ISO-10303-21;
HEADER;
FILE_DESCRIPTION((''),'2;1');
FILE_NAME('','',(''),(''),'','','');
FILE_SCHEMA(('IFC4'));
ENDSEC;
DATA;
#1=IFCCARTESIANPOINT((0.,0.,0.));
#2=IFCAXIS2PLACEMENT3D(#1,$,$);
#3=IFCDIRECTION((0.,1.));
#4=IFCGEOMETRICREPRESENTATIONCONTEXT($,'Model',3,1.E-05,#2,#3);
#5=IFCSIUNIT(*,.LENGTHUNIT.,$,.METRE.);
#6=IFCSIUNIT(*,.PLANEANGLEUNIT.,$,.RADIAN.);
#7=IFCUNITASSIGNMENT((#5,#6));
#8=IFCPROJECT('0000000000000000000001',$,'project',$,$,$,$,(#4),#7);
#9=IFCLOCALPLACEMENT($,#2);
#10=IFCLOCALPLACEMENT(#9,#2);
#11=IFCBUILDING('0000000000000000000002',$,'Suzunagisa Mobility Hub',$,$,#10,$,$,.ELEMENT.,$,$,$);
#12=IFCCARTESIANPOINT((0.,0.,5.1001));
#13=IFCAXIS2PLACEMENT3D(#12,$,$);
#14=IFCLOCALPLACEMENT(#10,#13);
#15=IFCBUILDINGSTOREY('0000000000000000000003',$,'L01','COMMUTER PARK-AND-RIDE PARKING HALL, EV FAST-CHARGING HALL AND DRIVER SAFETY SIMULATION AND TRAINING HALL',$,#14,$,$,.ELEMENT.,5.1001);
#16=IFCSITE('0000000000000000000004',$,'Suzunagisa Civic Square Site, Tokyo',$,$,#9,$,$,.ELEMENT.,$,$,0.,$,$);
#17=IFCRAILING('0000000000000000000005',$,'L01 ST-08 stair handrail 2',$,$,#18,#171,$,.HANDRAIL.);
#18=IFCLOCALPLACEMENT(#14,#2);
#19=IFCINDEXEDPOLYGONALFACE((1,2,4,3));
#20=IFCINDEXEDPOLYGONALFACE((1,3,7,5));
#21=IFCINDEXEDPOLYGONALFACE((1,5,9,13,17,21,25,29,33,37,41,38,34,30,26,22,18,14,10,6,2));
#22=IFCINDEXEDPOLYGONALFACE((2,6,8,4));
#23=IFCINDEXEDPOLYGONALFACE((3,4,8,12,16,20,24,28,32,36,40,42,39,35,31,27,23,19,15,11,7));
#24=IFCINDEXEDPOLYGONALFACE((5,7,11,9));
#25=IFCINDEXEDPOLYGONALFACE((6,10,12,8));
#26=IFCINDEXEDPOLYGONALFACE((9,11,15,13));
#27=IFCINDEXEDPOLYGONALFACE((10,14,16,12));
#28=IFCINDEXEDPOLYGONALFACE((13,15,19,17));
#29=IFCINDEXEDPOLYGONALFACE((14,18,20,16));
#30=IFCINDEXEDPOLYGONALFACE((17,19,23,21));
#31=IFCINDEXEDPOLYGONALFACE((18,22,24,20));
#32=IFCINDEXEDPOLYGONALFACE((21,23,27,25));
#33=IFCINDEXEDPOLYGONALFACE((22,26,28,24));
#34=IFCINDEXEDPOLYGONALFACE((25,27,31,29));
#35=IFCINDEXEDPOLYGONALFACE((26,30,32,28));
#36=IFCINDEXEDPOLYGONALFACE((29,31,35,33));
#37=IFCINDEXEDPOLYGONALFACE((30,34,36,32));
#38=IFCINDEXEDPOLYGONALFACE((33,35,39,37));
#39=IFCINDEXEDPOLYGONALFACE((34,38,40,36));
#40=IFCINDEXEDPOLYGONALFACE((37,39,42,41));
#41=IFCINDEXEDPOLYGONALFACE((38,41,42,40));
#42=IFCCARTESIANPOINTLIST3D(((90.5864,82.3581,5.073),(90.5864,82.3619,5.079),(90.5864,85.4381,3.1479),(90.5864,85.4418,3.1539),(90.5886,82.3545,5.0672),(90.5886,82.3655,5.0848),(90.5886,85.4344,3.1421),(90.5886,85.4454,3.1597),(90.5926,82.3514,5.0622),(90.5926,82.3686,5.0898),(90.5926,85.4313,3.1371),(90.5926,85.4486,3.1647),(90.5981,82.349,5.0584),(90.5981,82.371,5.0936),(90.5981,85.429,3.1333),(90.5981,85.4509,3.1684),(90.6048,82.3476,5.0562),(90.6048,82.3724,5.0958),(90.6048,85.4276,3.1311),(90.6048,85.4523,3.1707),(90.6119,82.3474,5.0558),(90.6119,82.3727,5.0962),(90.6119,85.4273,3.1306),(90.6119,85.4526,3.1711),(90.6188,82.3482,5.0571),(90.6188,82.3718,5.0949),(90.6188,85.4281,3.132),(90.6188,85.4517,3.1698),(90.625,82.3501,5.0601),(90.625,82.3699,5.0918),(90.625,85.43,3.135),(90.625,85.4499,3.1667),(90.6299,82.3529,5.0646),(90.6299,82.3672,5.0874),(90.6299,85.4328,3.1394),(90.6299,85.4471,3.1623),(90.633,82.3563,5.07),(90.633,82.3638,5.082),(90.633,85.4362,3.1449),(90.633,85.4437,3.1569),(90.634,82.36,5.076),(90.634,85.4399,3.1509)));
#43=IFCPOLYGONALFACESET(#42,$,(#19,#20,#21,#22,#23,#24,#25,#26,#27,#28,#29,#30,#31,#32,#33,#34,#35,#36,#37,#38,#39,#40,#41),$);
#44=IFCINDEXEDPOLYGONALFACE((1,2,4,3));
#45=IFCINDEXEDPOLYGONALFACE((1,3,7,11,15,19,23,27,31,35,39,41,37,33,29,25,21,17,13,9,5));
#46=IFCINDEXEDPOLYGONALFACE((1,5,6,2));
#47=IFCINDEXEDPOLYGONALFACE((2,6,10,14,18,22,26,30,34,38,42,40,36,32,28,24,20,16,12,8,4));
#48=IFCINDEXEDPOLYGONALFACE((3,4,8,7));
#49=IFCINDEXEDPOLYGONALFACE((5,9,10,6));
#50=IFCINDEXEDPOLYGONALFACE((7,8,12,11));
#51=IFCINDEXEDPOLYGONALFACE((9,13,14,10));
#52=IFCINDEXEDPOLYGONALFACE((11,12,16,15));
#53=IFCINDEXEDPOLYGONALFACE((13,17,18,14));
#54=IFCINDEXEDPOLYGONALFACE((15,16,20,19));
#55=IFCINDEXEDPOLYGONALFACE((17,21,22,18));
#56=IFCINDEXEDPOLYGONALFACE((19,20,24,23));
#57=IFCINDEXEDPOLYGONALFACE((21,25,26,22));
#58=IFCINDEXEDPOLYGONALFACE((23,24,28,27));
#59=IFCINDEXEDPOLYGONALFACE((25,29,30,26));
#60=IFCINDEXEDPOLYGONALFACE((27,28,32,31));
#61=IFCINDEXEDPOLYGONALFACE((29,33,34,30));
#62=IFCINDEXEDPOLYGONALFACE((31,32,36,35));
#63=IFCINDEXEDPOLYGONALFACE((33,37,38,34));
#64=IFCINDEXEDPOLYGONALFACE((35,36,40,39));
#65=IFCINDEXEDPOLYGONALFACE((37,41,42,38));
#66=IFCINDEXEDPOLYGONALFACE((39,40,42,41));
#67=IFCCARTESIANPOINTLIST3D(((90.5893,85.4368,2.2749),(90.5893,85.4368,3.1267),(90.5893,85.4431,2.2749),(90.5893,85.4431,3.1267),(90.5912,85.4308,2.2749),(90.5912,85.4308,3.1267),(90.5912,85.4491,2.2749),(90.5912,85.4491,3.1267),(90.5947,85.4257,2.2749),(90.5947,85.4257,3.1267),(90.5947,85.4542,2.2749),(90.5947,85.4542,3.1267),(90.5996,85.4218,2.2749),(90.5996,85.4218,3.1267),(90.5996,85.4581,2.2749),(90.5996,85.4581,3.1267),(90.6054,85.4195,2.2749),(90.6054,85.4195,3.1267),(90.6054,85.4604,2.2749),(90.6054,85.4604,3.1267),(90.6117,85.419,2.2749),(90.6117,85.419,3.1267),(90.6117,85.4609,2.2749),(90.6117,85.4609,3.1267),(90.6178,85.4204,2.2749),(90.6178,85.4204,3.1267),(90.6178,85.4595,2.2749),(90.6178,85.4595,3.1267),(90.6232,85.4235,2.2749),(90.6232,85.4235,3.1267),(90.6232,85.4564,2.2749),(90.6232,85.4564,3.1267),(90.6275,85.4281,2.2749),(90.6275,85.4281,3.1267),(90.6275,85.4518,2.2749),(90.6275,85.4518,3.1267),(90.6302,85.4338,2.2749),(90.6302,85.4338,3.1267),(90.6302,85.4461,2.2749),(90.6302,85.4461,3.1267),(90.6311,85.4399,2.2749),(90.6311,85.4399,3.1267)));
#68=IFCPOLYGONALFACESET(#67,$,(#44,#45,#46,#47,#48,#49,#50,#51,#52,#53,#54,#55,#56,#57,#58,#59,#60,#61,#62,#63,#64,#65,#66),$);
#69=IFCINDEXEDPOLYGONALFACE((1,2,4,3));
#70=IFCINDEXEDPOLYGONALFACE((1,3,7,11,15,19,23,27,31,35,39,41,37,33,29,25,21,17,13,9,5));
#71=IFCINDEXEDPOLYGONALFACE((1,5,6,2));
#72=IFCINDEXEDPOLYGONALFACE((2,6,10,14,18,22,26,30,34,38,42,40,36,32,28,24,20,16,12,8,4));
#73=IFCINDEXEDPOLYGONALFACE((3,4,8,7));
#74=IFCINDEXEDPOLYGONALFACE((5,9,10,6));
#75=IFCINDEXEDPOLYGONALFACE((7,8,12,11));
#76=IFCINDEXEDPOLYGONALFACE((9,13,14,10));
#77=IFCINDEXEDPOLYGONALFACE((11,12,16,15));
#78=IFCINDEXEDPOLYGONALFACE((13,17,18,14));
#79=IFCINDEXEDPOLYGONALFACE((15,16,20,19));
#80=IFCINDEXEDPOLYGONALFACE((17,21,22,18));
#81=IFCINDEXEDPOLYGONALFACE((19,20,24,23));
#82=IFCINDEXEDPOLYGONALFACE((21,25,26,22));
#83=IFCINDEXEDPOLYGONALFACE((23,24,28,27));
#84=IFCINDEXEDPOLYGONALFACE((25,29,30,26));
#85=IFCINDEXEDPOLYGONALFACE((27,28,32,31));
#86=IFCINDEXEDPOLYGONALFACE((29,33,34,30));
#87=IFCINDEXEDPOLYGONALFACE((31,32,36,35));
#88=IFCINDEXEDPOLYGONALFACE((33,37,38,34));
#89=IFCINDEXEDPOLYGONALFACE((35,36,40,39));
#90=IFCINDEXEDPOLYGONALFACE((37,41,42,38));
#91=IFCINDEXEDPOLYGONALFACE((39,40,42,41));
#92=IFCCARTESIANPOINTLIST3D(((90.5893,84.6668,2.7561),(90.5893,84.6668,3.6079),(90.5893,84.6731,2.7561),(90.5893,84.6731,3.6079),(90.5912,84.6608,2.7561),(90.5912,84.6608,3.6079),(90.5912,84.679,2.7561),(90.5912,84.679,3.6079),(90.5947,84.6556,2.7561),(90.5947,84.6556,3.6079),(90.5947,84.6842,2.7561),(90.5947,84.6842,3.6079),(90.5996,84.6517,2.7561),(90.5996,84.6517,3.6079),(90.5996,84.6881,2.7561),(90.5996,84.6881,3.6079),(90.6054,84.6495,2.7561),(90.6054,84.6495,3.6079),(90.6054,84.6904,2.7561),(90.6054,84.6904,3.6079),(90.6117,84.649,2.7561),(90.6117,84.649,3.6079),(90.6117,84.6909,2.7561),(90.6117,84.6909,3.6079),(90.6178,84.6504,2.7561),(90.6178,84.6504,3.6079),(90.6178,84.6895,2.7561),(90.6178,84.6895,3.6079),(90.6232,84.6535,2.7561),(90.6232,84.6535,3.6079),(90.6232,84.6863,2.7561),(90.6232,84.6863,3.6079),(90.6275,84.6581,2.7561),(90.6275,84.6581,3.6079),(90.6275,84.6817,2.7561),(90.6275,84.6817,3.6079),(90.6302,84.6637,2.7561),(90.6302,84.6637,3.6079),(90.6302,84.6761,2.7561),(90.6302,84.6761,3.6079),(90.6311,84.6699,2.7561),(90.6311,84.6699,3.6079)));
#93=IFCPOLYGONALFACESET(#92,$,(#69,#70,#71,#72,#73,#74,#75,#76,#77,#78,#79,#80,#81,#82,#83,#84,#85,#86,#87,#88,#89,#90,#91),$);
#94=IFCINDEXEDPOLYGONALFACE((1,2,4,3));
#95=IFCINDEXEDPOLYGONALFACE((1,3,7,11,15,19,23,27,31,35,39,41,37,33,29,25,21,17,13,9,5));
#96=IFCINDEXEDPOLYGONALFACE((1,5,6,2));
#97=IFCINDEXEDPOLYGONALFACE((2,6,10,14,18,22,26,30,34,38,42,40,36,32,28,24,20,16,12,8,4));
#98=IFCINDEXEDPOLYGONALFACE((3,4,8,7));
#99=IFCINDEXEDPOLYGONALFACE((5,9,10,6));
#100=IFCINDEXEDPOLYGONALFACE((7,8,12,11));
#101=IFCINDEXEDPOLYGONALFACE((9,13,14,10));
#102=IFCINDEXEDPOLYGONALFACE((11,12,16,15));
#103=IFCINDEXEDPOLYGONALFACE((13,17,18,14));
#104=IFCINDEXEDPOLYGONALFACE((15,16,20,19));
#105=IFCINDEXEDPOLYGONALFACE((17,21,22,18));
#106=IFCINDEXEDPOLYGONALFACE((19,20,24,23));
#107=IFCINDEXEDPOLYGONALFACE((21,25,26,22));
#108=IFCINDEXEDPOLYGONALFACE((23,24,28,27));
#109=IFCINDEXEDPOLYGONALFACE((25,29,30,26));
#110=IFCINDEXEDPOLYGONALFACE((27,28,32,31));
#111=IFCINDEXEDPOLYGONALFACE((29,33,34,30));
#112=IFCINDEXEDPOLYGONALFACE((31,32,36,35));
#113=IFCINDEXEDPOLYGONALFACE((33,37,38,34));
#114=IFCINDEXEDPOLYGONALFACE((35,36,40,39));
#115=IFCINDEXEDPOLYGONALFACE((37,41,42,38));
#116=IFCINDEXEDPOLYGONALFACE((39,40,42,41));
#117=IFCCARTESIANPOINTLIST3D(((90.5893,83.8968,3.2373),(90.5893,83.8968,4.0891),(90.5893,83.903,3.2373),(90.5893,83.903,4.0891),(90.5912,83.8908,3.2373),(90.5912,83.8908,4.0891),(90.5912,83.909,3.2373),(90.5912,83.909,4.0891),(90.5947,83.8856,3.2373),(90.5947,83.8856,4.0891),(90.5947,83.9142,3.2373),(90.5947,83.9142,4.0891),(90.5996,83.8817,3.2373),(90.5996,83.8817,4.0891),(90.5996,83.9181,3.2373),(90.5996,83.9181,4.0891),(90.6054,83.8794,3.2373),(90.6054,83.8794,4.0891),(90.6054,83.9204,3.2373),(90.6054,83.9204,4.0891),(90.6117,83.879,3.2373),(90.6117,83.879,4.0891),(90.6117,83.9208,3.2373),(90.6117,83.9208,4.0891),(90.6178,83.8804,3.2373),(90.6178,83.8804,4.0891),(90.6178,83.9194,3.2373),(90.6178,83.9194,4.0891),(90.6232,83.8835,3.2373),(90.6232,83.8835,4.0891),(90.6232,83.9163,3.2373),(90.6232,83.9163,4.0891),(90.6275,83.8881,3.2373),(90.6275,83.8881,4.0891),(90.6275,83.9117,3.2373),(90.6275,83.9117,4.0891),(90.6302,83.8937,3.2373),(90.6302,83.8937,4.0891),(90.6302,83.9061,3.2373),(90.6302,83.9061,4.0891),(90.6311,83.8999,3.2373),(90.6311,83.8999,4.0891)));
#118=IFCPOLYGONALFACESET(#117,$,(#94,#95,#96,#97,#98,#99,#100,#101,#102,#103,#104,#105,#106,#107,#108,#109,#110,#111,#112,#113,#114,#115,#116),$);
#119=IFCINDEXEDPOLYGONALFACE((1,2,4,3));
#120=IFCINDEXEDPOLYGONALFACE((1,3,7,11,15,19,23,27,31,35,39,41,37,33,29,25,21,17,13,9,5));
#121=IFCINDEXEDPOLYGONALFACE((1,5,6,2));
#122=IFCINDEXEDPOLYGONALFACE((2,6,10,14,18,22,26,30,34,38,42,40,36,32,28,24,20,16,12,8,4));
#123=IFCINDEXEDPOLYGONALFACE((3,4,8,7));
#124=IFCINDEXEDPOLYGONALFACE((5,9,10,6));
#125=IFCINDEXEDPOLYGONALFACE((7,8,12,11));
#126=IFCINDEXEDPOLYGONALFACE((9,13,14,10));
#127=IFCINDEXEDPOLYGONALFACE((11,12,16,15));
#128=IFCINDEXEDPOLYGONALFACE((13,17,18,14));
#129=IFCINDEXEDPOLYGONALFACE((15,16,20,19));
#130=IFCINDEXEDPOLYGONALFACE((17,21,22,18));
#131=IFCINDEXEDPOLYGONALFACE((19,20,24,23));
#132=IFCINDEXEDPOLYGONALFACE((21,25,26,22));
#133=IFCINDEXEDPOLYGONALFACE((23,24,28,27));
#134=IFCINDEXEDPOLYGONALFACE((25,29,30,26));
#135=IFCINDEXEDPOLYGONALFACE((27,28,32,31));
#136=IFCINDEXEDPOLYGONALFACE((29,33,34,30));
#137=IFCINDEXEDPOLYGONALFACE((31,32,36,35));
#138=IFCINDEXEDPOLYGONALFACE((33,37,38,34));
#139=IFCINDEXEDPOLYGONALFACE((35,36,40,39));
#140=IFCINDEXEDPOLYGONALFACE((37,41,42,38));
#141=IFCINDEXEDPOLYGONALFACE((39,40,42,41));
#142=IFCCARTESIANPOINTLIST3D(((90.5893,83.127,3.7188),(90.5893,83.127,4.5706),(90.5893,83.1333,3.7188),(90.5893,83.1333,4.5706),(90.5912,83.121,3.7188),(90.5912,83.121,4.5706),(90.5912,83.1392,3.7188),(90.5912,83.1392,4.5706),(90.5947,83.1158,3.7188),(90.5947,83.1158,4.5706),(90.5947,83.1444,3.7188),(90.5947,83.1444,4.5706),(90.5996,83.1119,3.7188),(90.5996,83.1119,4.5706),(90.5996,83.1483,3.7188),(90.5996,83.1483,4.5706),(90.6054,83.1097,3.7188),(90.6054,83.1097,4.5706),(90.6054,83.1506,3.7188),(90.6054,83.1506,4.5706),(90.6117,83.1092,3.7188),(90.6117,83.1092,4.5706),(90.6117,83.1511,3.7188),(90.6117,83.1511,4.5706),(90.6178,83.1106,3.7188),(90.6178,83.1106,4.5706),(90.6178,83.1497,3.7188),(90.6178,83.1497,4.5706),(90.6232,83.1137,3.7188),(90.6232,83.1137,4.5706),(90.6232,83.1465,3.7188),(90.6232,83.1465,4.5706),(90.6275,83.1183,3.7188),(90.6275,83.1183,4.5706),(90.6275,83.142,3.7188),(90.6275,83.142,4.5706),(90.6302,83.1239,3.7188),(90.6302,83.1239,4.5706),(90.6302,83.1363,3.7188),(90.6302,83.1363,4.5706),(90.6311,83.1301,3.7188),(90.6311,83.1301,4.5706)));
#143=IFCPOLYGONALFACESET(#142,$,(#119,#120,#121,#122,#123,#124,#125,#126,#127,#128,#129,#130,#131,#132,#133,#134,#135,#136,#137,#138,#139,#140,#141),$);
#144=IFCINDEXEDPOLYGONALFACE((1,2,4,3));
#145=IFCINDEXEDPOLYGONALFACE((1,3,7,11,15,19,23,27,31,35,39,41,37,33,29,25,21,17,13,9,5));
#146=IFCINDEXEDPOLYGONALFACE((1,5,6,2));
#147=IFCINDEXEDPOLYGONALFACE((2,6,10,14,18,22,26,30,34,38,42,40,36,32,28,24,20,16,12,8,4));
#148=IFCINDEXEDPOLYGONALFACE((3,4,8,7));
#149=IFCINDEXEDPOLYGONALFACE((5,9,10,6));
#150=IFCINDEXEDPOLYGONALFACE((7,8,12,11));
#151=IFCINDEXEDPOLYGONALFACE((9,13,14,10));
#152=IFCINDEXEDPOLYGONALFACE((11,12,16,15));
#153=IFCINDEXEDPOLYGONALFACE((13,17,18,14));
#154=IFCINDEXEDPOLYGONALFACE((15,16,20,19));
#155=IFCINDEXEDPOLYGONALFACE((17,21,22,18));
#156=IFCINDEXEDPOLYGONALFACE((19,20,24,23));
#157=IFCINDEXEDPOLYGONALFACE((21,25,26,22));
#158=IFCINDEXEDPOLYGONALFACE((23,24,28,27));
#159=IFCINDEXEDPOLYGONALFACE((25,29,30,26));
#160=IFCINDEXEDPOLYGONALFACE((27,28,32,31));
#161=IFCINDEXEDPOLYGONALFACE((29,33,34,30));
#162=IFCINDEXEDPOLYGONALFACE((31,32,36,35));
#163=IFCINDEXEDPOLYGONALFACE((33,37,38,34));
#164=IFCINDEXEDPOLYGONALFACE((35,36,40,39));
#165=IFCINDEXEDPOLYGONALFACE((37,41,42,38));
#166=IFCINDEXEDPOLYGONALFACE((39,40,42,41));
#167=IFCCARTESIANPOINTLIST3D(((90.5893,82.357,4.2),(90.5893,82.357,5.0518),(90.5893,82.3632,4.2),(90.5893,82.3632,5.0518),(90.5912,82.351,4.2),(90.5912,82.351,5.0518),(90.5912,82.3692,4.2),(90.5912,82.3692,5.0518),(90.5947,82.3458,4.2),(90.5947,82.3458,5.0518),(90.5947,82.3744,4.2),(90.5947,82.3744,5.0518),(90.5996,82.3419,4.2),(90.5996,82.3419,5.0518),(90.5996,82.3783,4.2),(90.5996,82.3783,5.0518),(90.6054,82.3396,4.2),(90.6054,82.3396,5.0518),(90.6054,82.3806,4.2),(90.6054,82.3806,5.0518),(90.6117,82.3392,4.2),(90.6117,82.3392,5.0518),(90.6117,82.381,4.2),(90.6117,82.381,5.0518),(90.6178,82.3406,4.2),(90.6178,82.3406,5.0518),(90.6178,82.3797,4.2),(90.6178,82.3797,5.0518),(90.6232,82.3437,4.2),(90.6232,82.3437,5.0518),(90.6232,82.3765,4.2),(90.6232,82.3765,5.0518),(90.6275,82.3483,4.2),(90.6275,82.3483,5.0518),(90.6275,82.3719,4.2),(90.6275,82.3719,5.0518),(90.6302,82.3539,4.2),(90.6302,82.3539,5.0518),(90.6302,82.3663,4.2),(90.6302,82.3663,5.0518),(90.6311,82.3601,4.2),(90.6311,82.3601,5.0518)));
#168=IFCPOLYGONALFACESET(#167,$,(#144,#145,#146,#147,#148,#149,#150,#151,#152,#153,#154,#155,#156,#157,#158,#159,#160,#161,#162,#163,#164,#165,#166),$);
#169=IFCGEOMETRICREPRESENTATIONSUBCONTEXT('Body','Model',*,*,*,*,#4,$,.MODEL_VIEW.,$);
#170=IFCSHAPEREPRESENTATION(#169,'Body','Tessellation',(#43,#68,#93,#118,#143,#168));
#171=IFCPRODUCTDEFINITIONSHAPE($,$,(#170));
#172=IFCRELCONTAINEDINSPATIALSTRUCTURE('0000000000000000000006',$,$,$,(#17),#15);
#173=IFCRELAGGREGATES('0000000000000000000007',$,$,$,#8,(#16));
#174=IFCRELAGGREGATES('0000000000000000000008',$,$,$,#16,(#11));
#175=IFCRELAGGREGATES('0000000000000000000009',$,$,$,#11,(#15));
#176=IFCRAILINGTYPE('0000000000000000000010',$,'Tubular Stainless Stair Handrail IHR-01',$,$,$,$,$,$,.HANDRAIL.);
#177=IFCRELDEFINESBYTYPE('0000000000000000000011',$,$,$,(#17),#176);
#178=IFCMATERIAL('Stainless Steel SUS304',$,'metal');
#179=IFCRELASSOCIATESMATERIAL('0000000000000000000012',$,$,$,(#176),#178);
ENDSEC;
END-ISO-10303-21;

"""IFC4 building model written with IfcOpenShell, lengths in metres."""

from ifc_helpers import new_model, si_unit, direction, frame, origin, origin_2d, place, context, subcontext, project, spatial, circle, extrude, material, type_object, element, save


model = new_model("IFC4")

# Units and contexts
model_context = context("Model", 3, precision=1e-05, world=origin(), true_north=direction((0.0, 1.0)))
body_context = subcontext(model_context, "Body", "Model", "MODEL_VIEW")
ifc_project = project(units=[si_unit("LENGTHUNIT", "METRE"), si_unit("PLANEANGLEUNIT", "RADIAN")], contexts=[model_context])

# Site, building, storey
site_placement = place(None, origin())
site = spatial("IfcSite", under=ifc_project, at=site_placement, Name="Suzunagisa Civic Square Site, Tokyo", CompositionType="ELEMENT", RefElevation=0.0)
building_placement = place(site_placement, origin())
building = spatial("IfcBuilding", under=site, at=building_placement, Name="Suzunagisa Mobility Hub", CompositionType="ELEMENT")
storey_placement = place(building_placement, frame((0.0, 0.0, 5.1001)))
storey = spatial("IfcBuildingStorey", under=building, at=storey_placement, Name="L01", Description="COMMUTER PARK-AND-RIDE PARKING HALL, EV FAST-CHARGING HALL AND DRIVER SAFETY SIMULATION AND TRAINING HALL", CompositionType="ELEMENT", Elevation=5.1001)

# Railing
ifc_material_1 = material(Name="Stainless Steel SUS304", Category="metal")
railing_type_1 = type_object("IfcRailingType", Name="Tubular Stainless Stair Handrail IHR-01", PredefinedType="HANDRAIL", material=ifc_material_1)
railing_1_placement = place(storey_placement, frame((90.6101, 85.4399, 2.2749)))
element("IfcRailing", 1, at=railing_1_placement, inside=storey, type_object=railing_type_1, Name="L01 ST-08 stair handrail 2", PredefinedType="HANDRAIL", context=body_context, shape_type="SweptSolid", body=[
    extrude(circle(Radius=0.0239, at=origin_2d()), frame((0.0, 0.0, 0.876), z_axis=(0.0, -0.847979, 0.530029), x_axis=(1.0, 0.0, 0.0)), (0.0, 0.0, 1.0), 3.6321),
    extrude(circle(Radius=0.021, at=origin_2d()), origin(), (0.0, 0.0, 1.0), 0.8518),
    extrude(circle(Radius=0.021, at=origin_2d()), frame((0.0, -0.77, 0.4812)), (0.0, 0.0, 1.0), 0.8518),
    extrude(circle(Radius=0.021, at=origin_2d()), frame((0.0, -1.54, 0.9624)), (0.0, 0.0, 1.0), 0.8518),
    extrude(circle(Radius=0.021, at=origin_2d()), frame((0.0, -2.3098, 1.4438)), (0.0, 0.0, 1.0), 0.8518),
    extrude(circle(Radius=0.021, at=origin_2d()), frame((0.0, -3.0798, 1.925)), (0.0, 0.0, 1.0), 0.8518),
])

save(model, "model.ifc")
